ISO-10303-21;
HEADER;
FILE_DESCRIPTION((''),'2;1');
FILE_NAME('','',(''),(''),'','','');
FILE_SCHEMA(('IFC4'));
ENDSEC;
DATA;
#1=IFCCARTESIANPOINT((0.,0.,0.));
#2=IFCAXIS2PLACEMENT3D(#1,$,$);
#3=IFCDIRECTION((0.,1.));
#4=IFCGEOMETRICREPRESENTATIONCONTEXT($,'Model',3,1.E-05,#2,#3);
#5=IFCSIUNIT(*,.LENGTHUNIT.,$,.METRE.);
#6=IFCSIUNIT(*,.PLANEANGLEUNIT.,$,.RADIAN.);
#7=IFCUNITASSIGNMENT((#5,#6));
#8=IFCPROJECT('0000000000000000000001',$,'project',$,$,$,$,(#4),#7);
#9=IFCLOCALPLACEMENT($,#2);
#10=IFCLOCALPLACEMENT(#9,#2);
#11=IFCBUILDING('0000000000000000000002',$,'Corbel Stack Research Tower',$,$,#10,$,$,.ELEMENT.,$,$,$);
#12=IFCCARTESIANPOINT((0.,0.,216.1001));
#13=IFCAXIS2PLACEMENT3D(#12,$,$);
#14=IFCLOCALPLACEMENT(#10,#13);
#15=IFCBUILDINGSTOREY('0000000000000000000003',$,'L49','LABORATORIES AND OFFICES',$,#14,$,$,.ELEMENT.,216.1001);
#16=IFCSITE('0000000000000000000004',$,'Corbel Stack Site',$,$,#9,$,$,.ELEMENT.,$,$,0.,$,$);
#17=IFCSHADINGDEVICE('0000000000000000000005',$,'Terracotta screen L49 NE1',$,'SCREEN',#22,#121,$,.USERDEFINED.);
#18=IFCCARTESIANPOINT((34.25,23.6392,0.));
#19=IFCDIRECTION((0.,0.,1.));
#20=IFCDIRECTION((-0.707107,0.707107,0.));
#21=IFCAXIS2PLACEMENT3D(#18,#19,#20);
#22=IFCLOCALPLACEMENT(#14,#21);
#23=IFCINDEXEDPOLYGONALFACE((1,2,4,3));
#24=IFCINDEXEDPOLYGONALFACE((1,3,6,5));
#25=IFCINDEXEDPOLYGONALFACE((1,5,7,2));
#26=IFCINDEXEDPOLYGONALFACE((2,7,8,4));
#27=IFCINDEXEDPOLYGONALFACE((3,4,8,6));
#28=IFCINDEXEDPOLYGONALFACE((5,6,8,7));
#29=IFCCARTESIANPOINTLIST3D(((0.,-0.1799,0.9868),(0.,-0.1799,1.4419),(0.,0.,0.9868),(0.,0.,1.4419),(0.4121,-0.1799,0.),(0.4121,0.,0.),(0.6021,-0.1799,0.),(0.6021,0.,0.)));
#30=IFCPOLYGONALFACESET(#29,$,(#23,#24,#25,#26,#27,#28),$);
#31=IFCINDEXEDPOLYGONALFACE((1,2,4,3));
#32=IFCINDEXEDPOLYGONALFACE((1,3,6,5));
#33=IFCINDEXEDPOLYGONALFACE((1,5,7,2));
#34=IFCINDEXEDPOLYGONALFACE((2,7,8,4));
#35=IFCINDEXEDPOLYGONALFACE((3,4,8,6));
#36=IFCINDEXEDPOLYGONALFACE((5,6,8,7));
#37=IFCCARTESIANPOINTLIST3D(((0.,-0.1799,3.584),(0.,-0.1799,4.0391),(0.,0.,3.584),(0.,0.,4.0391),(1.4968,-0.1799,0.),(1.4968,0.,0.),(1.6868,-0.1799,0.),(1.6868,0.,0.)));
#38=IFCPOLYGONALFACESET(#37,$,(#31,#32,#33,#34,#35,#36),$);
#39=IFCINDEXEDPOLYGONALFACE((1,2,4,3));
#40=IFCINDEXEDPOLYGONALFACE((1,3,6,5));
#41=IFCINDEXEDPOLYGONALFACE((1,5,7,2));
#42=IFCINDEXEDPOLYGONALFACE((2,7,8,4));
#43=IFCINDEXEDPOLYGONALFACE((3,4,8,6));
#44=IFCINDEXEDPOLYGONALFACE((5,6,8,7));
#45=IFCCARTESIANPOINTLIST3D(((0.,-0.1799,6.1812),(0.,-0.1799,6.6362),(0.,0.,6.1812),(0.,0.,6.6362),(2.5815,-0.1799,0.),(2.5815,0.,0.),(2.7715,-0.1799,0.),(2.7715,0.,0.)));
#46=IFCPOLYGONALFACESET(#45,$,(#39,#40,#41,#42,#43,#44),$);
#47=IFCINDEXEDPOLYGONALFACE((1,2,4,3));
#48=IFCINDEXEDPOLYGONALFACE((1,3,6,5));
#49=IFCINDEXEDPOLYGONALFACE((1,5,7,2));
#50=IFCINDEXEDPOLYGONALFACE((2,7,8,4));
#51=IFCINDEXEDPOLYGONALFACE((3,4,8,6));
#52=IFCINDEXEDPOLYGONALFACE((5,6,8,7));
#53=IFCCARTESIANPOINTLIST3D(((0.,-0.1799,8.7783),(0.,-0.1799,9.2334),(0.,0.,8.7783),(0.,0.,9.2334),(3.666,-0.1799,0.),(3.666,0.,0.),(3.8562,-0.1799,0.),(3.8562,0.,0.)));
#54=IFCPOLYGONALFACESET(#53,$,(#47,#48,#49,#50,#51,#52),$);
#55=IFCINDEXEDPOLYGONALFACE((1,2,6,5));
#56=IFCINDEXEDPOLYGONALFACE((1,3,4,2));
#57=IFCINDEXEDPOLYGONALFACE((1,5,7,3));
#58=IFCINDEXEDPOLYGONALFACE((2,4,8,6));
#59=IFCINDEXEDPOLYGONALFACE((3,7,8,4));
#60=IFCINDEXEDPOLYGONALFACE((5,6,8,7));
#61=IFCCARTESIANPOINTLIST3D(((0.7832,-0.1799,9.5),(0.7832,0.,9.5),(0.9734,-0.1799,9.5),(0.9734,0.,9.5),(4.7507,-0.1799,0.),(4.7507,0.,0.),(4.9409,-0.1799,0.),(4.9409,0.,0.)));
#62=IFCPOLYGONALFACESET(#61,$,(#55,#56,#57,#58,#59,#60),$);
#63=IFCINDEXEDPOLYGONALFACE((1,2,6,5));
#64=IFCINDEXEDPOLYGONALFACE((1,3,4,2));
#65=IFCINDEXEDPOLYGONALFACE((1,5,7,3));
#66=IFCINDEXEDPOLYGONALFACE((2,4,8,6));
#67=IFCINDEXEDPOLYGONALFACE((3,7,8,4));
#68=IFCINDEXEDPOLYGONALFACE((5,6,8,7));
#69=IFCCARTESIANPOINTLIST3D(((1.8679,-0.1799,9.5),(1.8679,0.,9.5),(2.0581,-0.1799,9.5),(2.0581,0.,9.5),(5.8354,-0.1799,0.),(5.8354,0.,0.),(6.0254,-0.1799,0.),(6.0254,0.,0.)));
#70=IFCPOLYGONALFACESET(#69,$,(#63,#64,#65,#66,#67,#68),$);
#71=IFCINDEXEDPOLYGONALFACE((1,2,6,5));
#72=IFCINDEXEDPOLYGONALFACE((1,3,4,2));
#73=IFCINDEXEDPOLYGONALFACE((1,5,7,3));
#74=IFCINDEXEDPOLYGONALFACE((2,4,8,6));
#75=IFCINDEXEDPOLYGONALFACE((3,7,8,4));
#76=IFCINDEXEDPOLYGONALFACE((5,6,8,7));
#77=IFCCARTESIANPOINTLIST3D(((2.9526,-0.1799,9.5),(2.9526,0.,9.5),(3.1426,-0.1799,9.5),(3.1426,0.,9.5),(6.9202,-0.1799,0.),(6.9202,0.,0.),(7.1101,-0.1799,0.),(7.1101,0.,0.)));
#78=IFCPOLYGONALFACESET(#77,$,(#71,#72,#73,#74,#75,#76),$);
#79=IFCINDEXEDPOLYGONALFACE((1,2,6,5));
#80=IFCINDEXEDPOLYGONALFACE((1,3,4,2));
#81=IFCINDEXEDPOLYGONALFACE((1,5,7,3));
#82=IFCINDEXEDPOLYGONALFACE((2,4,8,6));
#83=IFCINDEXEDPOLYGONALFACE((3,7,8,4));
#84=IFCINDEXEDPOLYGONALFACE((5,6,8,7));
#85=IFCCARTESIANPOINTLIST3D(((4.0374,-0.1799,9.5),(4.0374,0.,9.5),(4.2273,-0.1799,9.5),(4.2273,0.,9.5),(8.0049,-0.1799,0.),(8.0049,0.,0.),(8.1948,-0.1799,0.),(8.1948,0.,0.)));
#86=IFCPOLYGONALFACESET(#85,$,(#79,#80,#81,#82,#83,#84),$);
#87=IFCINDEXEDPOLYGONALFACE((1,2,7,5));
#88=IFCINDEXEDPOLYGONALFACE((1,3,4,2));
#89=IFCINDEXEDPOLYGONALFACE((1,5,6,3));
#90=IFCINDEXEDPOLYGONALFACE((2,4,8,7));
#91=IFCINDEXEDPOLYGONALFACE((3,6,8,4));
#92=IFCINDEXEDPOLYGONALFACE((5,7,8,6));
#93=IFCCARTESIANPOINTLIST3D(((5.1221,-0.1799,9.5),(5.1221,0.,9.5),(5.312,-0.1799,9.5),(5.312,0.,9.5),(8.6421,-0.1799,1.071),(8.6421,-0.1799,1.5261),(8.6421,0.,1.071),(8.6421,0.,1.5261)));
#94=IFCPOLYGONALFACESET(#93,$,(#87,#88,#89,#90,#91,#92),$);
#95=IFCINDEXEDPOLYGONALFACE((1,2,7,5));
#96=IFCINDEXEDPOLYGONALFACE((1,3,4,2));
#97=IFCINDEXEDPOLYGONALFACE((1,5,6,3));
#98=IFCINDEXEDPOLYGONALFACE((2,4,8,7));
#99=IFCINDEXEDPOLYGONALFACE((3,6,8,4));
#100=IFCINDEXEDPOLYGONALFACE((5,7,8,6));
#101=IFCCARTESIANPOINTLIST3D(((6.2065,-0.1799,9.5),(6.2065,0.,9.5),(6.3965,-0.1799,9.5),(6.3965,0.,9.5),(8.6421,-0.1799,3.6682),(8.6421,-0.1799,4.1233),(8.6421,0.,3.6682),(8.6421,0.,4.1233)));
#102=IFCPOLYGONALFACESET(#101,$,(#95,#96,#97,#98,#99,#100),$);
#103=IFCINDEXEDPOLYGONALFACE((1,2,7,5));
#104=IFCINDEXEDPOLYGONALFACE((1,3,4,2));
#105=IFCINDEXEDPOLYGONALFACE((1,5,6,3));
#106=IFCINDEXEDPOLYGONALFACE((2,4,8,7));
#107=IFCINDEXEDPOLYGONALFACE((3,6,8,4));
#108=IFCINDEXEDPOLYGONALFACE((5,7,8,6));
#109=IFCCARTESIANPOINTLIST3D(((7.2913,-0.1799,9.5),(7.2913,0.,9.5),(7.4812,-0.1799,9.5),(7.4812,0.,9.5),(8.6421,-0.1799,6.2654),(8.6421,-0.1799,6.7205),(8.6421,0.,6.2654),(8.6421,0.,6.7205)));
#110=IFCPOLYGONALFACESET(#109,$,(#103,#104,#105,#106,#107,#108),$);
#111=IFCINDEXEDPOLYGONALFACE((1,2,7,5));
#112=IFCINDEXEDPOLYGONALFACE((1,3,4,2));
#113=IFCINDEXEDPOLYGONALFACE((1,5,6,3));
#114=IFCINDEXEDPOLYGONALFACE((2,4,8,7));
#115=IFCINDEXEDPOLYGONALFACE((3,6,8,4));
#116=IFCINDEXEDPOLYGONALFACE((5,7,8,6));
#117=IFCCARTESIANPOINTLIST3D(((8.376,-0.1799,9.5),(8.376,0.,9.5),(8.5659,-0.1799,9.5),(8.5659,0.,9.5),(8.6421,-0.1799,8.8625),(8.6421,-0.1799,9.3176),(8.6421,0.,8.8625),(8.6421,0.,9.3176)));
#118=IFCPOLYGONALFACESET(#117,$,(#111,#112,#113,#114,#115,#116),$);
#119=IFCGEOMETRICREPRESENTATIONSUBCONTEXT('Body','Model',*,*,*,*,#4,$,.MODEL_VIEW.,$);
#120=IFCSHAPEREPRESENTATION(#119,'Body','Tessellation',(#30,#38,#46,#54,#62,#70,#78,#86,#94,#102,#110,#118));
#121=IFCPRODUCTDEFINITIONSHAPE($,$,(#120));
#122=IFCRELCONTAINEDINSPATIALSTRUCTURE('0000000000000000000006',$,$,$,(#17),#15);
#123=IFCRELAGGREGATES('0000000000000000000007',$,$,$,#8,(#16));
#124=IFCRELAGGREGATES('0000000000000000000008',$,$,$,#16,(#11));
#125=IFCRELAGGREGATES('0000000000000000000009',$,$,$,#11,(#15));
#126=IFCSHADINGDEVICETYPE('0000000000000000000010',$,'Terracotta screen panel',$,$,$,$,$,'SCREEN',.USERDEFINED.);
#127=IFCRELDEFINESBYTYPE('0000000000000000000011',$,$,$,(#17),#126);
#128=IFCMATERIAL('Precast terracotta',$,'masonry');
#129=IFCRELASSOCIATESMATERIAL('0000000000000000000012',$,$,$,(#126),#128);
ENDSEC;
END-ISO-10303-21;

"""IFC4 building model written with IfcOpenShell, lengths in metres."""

from ifc_helpers import new_model, si_unit, direction, frame, origin, place, context, subcontext, project, spatial, polyline, outline, extrude, source, transform, mapped, material, type_object, element, save


model = new_model("IFC4")

# Units and contexts
model_context = context("Model", 3, precision=1e-05, world=origin(), true_north=direction((0.0, 1.0)))
body_context = subcontext(model_context, "Body", "Model", "MODEL_VIEW")
ifc_project = project(units=[si_unit("LENGTHUNIT", "METRE"), si_unit("PLANEANGLEUNIT", "RADIAN")], contexts=[model_context])

# Site, building, storey
site_placement = place(None, origin())
site = spatial("IfcSite", under=ifc_project, at=site_placement, Name="Corbel Stack Site", CompositionType="ELEMENT", RefElevation=0.0)
building_placement = place(site_placement, origin())
building = spatial("IfcBuilding", under=site, at=building_placement, Name="Corbel Stack Research Tower", CompositionType="ELEMENT")
storey_placement = place(building_placement, frame((0.0, 0.0, 216.1001)))
storey = spatial("IfcBuildingStorey", under=building, at=storey_placement, Name="L49", Description="LABORATORIES AND OFFICES", CompositionType="ELEMENT", Elevation=216.1001)

# Shading device
ifc_material_1 = material(Name="Precast terracotta", Category="masonry")
shading_device_type = type_object("IfcShadingDeviceType", Name="Terracotta screen panel", ElementType="SCREEN", PredefinedType="USERDEFINED", material=ifc_material_1)
shared_shape_1 = source(origin(), body_context, "Body", "SweptSolid", [
    extrude(outline(polyline([(0.6021, 0.0), (0.0, 1.4419), (0.0, 0.9868), (0.4121, 0.0), (0.6021, 0.0)])), frame((0.0, 0.0, 0.0), z_axis=(0.0, -1.0, 0.0), x_axis=(1.0, 0.0, 0.0)), (0.0, 0.0, 1.0), 0.1799),
    extrude(outline(polyline([(1.6868, 0.0), (0.0, 4.0391), (0.0, 3.584), (1.4968, 0.0), (1.6868, 0.0)])), frame((0.0, 0.0, 0.0), z_axis=(0.0, -1.0, 0.0), x_axis=(1.0, 0.0, 0.0)), (0.0, 0.0, 1.0), 0.1799),
    extrude(outline(polyline([(2.7715, 0.0), (0.0, 6.6362), (0.0, 6.1812), (2.5815, 0.0), (2.7715, 0.0)])), frame((0.0, 0.0, 0.0), z_axis=(0.0, -1.0, 0.0), x_axis=(1.0, 0.0, 0.0)), (0.0, 0.0, 1.0), 0.1799),
    extrude(outline(polyline([(3.8562, 0.0), (0.0, 9.2334), (0.0, 8.7783), (3.666, 0.0), (3.8562, 0.0)])), frame((0.0, 0.0, 0.0), z_axis=(0.0, -1.0, 0.0), x_axis=(1.0, 0.0, 0.0)), (0.0, 0.0, 1.0), 0.1799),
    extrude(outline(polyline([(4.9409, 0.0), (0.9734, 9.5), (0.7832, 9.5), (4.7507, 0.0), (4.9409, 0.0)])), frame((0.0, 0.0, 0.0), z_axis=(0.0, -1.0, 0.0), x_axis=(1.0, 0.0, 0.0)), (0.0, 0.0, 1.0), 0.1799),
    extrude(outline(polyline([(6.0254, 0.0), (2.0581, 9.5), (1.8679, 9.5), (5.8354, 0.0), (6.0254, 0.0)])), frame((0.0, 0.0, 0.0), z_axis=(0.0, -1.0, 0.0), x_axis=(1.0, 0.0, 0.0)), (0.0, 0.0, 1.0), 0.1799),
    extrude(outline(polyline([(7.1101, 0.0), (3.1426, 9.5), (2.9526, 9.5), (6.9202, 0.0), (7.1101, 0.0)])), frame((0.0, 0.0, 0.0), z_axis=(0.0, -1.0, 0.0), x_axis=(1.0, 0.0, 0.0)), (0.0, 0.0, 1.0), 0.1799),
    extrude(outline(polyline([(8.1948, 0.0), (4.2273, 9.5), (4.0374, 9.5), (8.0049, 0.0), (8.1948, 0.0)])), frame((0.0, 0.0, 0.0), z_axis=(0.0, -1.0, 0.0), x_axis=(1.0, 0.0, 0.0)), (0.0, 0.0, 1.0), 0.1799),
    extrude(outline(polyline([(5.312, 9.5), (5.1221, 9.5), (8.6421, 1.071), (8.6421, 1.5261), (5.312, 9.5)])), frame((0.0, 0.0, 0.0), z_axis=(0.0, -1.0, 0.0), x_axis=(1.0, 0.0, 0.0)), (0.0, 0.0, 1.0), 0.1799),
    extrude(outline(polyline([(6.3965, 9.5), (6.2065, 9.5), (8.6421, 3.6682), (8.6421, 4.1233), (6.3965, 9.5)])), frame((0.0, 0.0, 0.0), z_axis=(0.0, -1.0, 0.0), x_axis=(1.0, 0.0, 0.0)), (0.0, 0.0, 1.0), 0.1799),
    extrude(outline(polyline([(7.4812, 9.5), (7.2913, 9.5), (8.6421, 6.2654), (8.6421, 6.7205), (7.4812, 9.5)])), frame((0.0, 0.0, 0.0), z_axis=(0.0, -1.0, 0.0), x_axis=(1.0, 0.0, 0.0)), (0.0, 0.0, 1.0), 0.1799),
    extrude(outline(polyline([(8.5659, 9.5), (8.376, 9.5), (8.6421, 8.8625), (8.6421, 9.3176), (8.5659, 9.5)])), frame((0.0, 0.0, 0.0), z_axis=(0.0, -1.0, 0.0), x_axis=(1.0, 0.0, 0.0)), (0.0, 0.0, 1.0), 0.1799),
])
shading_device_1_placement = place(storey_placement, frame((34.25, 23.6392, 0.0), z_axis=(0.0, 0.0, 1.0), x_axis=(-0.707107, 0.707107, 0.0)))
element("IfcShadingDevice", 1, at=shading_device_1_placement, inside=storey, type_object=shading_device_type, Name="Terracotta screen L49 NE1", ObjectType="SCREEN", PredefinedType="USERDEFINED", context=body_context, shape_type="MappedRepresentation", body=[
    mapped(shared_shape_1, transform((0.0, 0.0, 0.0))),
])

save(model, "model.ifc")
